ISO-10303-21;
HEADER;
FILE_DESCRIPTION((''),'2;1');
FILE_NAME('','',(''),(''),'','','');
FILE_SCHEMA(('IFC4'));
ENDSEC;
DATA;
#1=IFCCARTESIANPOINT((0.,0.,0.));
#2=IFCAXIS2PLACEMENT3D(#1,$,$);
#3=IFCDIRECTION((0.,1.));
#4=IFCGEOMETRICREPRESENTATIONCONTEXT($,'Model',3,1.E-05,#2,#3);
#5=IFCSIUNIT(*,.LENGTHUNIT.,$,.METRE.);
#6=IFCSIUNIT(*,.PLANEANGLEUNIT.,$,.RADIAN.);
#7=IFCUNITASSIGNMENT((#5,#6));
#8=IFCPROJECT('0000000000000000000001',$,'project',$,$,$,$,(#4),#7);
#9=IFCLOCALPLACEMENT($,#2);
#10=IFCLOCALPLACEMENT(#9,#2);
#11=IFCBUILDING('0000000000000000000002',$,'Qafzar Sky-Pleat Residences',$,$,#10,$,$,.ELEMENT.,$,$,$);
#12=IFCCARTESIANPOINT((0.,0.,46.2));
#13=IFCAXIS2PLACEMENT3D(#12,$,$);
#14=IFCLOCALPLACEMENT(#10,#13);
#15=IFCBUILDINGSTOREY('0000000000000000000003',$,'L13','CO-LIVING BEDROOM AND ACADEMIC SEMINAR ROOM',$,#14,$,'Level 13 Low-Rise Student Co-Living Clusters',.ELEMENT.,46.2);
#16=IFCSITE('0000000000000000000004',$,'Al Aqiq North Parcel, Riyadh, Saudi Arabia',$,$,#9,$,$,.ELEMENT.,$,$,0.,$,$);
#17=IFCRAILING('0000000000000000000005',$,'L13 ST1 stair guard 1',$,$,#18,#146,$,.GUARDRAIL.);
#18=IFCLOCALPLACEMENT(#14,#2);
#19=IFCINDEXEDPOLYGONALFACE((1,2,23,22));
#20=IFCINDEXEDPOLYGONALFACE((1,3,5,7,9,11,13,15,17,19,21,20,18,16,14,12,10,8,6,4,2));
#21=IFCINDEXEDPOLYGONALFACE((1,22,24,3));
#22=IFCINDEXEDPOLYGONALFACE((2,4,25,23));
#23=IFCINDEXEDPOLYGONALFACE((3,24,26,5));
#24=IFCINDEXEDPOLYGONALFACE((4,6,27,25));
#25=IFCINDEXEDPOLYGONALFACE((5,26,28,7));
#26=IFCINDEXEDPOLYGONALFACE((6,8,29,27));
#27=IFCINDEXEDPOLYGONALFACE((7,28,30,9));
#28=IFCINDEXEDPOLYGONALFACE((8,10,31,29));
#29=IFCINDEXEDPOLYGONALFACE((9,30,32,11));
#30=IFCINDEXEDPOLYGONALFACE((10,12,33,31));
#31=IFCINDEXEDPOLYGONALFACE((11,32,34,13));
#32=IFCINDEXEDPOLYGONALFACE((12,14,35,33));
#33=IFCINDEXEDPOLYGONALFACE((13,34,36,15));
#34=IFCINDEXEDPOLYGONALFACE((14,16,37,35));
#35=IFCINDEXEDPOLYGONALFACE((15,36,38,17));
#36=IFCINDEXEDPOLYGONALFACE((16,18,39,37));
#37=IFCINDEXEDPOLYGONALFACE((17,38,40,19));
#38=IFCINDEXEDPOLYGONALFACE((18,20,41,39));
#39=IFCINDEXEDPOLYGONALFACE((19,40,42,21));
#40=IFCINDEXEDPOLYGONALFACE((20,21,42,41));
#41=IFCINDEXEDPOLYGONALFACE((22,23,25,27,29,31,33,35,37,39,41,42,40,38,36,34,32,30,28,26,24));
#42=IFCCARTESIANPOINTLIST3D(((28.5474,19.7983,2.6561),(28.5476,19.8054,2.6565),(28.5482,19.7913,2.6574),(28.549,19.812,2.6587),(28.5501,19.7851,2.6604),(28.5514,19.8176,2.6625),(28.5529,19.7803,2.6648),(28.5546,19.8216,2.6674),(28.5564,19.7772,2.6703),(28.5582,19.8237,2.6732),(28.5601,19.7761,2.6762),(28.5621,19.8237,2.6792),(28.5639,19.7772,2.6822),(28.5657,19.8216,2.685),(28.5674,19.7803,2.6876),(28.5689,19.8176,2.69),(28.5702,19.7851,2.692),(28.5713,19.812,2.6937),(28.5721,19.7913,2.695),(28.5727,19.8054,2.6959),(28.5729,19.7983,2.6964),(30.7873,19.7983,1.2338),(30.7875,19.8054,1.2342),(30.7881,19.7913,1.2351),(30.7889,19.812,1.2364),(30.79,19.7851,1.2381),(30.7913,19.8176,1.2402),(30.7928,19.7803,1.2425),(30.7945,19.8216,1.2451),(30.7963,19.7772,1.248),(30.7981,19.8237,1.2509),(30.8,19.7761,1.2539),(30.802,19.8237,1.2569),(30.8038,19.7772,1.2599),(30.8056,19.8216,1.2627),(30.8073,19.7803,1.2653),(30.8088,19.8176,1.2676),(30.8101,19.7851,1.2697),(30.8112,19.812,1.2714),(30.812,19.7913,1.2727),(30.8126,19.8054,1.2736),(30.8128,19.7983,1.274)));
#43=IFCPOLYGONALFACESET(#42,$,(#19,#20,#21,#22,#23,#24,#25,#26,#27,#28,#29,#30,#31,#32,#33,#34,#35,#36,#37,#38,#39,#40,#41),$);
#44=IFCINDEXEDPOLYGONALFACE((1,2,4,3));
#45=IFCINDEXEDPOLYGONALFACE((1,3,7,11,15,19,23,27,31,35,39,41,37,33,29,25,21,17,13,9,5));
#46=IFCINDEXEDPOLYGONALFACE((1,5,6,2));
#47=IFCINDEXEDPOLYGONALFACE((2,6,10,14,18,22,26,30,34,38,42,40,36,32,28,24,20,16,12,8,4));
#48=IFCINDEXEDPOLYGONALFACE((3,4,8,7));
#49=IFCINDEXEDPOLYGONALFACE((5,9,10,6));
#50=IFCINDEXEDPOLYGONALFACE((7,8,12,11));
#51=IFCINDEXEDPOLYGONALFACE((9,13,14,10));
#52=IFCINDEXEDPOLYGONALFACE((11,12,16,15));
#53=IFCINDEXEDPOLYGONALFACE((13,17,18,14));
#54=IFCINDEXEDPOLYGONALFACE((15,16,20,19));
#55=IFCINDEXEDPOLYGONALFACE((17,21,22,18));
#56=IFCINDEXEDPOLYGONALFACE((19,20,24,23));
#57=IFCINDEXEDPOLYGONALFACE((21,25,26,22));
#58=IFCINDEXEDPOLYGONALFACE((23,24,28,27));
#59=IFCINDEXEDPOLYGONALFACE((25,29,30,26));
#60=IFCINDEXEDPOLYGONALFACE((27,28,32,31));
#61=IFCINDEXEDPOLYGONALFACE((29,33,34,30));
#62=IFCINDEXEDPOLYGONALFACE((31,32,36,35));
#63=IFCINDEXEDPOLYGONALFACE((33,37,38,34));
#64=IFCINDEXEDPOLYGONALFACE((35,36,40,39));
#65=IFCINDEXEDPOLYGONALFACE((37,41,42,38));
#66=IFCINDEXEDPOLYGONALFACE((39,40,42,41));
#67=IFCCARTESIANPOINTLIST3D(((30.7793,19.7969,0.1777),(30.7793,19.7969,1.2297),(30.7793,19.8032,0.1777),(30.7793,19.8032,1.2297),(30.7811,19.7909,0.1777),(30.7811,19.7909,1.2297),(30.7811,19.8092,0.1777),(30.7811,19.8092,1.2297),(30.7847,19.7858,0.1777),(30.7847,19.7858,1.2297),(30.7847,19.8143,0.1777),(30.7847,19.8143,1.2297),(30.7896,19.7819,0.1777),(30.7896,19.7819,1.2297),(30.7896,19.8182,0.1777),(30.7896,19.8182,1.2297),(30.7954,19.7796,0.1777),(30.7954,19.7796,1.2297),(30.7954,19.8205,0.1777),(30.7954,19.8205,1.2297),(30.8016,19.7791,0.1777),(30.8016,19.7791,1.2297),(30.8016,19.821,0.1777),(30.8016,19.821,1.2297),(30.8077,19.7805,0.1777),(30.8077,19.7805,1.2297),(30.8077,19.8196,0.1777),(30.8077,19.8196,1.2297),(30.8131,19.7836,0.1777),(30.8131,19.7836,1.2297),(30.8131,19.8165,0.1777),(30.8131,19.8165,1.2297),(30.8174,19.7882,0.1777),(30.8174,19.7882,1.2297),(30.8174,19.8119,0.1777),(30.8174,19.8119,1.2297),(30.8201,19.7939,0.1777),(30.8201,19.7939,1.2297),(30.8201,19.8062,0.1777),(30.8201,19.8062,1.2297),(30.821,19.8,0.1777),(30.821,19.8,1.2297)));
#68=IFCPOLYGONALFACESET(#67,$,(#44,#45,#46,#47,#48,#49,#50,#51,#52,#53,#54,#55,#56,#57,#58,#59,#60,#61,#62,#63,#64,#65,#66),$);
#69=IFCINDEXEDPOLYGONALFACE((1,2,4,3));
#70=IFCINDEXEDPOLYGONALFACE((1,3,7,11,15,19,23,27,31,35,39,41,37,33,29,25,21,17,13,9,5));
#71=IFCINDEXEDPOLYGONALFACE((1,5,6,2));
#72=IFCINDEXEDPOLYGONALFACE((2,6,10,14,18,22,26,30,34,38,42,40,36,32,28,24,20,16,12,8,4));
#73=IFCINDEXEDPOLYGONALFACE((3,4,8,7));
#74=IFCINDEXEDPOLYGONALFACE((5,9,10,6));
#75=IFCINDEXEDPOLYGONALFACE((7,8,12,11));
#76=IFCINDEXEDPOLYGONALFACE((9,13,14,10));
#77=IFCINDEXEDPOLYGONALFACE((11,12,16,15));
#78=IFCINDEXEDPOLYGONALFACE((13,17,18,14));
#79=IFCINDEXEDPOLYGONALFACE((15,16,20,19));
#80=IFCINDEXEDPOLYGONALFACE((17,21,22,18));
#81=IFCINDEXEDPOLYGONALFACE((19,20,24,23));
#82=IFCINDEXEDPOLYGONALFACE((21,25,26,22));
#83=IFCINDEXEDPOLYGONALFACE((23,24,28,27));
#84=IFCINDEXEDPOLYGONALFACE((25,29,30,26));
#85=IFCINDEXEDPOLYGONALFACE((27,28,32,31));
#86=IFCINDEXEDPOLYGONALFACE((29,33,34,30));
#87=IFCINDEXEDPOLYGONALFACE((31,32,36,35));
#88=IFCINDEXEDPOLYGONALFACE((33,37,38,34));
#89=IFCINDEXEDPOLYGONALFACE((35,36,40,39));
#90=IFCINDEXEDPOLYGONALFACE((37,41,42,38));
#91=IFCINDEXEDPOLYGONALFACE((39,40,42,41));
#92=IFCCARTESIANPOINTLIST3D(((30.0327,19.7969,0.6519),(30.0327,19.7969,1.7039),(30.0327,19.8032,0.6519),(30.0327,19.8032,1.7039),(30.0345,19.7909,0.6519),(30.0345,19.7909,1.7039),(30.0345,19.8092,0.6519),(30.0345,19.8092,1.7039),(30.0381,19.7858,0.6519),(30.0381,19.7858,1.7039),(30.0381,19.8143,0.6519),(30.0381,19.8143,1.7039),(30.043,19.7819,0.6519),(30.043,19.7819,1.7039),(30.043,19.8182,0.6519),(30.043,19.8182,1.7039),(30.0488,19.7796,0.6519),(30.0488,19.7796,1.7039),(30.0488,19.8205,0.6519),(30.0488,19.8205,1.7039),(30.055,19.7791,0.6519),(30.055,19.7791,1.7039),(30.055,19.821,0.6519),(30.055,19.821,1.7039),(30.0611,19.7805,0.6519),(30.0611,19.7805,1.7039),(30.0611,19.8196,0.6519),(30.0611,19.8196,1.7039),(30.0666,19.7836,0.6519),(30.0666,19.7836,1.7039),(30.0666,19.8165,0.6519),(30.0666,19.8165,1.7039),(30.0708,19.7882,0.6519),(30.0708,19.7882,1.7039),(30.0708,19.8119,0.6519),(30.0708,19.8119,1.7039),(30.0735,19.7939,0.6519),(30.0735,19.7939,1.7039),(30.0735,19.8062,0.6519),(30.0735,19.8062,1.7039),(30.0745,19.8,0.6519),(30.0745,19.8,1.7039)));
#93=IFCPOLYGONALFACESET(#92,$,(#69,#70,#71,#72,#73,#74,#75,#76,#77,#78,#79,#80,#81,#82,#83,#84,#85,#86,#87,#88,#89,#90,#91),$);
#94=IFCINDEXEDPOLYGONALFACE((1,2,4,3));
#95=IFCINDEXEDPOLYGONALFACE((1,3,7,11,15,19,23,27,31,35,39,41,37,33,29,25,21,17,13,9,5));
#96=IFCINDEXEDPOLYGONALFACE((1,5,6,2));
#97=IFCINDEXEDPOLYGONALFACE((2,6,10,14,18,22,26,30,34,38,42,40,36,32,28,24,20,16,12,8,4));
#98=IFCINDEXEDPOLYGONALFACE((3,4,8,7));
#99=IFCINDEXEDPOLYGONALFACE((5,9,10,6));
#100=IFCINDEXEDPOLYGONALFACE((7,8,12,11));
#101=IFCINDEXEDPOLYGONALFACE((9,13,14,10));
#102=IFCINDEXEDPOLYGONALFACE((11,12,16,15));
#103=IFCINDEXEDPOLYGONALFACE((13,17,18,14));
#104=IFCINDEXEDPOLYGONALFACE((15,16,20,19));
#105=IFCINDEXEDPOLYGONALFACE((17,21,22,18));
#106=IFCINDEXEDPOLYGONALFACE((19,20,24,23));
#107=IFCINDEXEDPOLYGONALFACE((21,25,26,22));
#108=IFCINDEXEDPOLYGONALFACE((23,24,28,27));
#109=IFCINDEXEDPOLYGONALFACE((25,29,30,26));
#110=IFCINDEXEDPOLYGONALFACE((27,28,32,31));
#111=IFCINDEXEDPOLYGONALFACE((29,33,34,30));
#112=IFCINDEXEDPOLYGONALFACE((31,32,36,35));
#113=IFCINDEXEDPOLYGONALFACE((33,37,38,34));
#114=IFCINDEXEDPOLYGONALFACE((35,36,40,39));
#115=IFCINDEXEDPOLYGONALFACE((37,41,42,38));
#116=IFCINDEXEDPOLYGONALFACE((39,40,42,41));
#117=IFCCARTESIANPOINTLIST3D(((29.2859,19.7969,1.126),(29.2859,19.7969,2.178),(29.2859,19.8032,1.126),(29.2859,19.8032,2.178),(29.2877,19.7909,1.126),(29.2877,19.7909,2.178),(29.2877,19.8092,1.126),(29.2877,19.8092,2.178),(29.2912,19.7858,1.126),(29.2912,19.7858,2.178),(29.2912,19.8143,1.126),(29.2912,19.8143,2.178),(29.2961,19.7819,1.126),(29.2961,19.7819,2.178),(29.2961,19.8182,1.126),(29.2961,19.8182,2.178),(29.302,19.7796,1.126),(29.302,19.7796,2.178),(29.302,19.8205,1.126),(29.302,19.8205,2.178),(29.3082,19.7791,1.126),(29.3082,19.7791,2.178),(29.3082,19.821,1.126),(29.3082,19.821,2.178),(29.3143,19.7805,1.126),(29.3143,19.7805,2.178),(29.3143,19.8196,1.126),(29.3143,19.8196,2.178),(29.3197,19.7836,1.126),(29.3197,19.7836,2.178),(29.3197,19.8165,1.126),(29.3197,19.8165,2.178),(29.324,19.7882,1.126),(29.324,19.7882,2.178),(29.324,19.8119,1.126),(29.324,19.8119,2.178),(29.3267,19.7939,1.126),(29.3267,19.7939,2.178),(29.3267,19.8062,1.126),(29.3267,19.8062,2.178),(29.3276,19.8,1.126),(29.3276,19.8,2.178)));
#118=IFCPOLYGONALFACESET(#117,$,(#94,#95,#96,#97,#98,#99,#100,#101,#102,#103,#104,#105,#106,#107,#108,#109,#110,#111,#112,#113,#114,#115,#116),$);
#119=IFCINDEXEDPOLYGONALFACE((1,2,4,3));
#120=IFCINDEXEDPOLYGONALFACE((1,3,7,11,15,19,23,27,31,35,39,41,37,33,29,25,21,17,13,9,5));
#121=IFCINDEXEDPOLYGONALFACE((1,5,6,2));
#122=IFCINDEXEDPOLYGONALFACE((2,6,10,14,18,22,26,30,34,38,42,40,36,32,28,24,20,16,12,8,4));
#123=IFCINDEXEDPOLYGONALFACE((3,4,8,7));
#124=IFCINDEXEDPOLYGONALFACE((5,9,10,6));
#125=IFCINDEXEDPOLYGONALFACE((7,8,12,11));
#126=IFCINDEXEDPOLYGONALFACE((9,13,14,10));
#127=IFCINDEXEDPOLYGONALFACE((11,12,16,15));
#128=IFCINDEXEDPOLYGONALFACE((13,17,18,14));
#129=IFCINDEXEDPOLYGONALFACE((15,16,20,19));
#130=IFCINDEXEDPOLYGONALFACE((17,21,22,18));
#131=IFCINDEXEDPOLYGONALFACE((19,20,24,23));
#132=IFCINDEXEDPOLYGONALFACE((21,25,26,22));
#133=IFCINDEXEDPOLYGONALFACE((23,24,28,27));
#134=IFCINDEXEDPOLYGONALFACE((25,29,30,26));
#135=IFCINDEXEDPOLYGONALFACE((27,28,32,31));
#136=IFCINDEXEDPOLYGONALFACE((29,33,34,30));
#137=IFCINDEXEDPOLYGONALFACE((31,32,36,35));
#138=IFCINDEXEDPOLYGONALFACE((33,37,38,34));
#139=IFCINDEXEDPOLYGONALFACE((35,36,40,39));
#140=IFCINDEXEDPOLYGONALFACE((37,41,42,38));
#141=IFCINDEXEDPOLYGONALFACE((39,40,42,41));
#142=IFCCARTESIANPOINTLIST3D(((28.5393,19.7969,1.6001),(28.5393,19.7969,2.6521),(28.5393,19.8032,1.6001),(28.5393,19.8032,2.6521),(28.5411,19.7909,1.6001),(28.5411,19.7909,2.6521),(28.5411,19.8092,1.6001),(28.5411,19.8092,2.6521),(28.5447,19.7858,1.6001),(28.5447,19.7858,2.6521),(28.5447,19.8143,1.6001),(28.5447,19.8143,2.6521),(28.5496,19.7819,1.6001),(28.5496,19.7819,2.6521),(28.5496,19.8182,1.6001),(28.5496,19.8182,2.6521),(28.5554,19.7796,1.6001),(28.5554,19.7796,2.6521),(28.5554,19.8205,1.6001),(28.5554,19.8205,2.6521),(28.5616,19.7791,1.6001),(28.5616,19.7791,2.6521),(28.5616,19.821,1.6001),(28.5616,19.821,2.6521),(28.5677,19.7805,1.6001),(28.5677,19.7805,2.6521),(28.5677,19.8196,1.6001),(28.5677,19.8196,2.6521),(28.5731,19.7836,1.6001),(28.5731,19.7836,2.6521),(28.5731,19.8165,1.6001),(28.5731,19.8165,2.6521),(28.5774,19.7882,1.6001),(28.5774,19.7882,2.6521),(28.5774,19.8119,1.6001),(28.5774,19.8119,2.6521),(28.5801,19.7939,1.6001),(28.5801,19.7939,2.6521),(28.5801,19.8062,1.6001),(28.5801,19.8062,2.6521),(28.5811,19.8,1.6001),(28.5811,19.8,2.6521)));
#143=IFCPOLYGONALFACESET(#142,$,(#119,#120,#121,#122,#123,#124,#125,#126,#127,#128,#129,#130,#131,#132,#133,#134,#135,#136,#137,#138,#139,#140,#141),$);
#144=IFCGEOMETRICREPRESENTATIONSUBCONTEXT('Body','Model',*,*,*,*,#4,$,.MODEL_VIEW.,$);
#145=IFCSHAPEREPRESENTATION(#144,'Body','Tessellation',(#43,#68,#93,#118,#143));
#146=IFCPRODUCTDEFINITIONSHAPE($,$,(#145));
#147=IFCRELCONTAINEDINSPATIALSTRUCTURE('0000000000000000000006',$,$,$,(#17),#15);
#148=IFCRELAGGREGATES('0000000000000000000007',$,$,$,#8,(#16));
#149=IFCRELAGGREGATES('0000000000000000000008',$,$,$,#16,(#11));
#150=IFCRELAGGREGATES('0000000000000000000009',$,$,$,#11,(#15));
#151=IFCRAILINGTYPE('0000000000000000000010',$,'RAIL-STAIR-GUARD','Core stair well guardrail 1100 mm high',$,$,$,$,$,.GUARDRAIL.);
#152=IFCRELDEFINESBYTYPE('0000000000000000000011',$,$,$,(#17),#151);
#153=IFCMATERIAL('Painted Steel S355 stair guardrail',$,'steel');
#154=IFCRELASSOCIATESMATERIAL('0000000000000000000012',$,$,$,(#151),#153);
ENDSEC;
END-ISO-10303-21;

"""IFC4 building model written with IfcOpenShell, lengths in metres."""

from ifc_helpers import new_model, si_unit, direction, frame, origin, origin_2d, place, context, subcontext, project, spatial, circle, extrude, source, transform, mapped, material, type_object, element, save


model = new_model("IFC4")

# Units and contexts
model_context = context("Model", 3, precision=1e-05, world=origin(), true_north=direction((0.0, 1.0)))
body_context = subcontext(model_context, "Body", "Model", "MODEL_VIEW")
ifc_project = project(units=[si_unit("LENGTHUNIT", "METRE"), si_unit("PLANEANGLEUNIT", "RADIAN")], contexts=[model_context])

# Site, building, storey
site_placement = place(None, origin())
site = spatial("IfcSite", under=ifc_project, at=site_placement, Name="Al Aqiq North Parcel, Riyadh, Saudi Arabia", CompositionType="ELEMENT", RefElevation=0.0)
building_placement = place(site_placement, origin())
building = spatial("IfcBuilding", under=site, at=building_placement, Name="Qafzar Sky-Pleat Residences", CompositionType="ELEMENT")
storey_placement = place(building_placement, frame((0.0, 0.0, 46.2)))
storey = spatial("IfcBuildingStorey", under=building, at=storey_placement, Name="L13", Description="CO-LIVING BEDROOM AND ACADEMIC SEMINAR ROOM", LongName="Level 13 Low-Rise Student Co-Living Clusters", CompositionType="ELEMENT", Elevation=46.2)

# Railing
ifc_material_1 = material(Name="Painted Steel S355 stair guardrail", Category="steel")
railing_type_1 = type_object("IfcRailingType", Name="RAIL-STAIR-GUARD", Description="Core stair well guardrail 1100 mm high", PredefinedType="GUARDRAIL", material=ifc_material_1)
shared_shape_1 = source(origin(), body_context, "Body", "SweptSolid", [
    extrude(circle(Radius=0.0239, at=origin_2d()), frame((0.0, 0.0, 1.0762), z_axis=(-0.844188, 0.0, 0.536048), x_axis=(0.0, -1.0, 0.0)), (0.0, 0.0, 1.0), 2.6533),
    extrude(circle(Radius=0.021, at=origin_2d()), origin(), (0.0, 0.0, 1.0), 1.052),
    extrude(circle(Radius=0.021, at=origin_2d()), frame((-0.7466, 0.0, 0.4741)), (0.0, 0.0, 1.0), 1.052),
    extrude(circle(Radius=0.021, at=origin_2d()), frame((-1.4934, 0.0, 0.9482)), (0.0, 0.0, 1.0), 1.052),
    extrude(circle(Radius=0.021, at=origin_2d()), frame((-2.24, 0.0, 1.4224)), (0.0, 0.0, 1.0), 1.052),
])
railing_1_placement = place(storey_placement, frame((30.8, 19.8, 0.1777)))
element("IfcRailing", 1, at=railing_1_placement, inside=storey, type_object=railing_type_1, Name="L13 ST1 stair guard 1", PredefinedType="GUARDRAIL", context=body_context, shape_type="MappedRepresentation", body=[
    mapped(shared_shape_1, transform((0.0, 0.0, 0.0), x_axis=(1.0, 0.0, 0.0), y_axis=(0.0, 1.0, 0.0), z_axis=(0.0, 0.0, 1.0), scale=1.0)),
])

save(model, "model.ifc")
